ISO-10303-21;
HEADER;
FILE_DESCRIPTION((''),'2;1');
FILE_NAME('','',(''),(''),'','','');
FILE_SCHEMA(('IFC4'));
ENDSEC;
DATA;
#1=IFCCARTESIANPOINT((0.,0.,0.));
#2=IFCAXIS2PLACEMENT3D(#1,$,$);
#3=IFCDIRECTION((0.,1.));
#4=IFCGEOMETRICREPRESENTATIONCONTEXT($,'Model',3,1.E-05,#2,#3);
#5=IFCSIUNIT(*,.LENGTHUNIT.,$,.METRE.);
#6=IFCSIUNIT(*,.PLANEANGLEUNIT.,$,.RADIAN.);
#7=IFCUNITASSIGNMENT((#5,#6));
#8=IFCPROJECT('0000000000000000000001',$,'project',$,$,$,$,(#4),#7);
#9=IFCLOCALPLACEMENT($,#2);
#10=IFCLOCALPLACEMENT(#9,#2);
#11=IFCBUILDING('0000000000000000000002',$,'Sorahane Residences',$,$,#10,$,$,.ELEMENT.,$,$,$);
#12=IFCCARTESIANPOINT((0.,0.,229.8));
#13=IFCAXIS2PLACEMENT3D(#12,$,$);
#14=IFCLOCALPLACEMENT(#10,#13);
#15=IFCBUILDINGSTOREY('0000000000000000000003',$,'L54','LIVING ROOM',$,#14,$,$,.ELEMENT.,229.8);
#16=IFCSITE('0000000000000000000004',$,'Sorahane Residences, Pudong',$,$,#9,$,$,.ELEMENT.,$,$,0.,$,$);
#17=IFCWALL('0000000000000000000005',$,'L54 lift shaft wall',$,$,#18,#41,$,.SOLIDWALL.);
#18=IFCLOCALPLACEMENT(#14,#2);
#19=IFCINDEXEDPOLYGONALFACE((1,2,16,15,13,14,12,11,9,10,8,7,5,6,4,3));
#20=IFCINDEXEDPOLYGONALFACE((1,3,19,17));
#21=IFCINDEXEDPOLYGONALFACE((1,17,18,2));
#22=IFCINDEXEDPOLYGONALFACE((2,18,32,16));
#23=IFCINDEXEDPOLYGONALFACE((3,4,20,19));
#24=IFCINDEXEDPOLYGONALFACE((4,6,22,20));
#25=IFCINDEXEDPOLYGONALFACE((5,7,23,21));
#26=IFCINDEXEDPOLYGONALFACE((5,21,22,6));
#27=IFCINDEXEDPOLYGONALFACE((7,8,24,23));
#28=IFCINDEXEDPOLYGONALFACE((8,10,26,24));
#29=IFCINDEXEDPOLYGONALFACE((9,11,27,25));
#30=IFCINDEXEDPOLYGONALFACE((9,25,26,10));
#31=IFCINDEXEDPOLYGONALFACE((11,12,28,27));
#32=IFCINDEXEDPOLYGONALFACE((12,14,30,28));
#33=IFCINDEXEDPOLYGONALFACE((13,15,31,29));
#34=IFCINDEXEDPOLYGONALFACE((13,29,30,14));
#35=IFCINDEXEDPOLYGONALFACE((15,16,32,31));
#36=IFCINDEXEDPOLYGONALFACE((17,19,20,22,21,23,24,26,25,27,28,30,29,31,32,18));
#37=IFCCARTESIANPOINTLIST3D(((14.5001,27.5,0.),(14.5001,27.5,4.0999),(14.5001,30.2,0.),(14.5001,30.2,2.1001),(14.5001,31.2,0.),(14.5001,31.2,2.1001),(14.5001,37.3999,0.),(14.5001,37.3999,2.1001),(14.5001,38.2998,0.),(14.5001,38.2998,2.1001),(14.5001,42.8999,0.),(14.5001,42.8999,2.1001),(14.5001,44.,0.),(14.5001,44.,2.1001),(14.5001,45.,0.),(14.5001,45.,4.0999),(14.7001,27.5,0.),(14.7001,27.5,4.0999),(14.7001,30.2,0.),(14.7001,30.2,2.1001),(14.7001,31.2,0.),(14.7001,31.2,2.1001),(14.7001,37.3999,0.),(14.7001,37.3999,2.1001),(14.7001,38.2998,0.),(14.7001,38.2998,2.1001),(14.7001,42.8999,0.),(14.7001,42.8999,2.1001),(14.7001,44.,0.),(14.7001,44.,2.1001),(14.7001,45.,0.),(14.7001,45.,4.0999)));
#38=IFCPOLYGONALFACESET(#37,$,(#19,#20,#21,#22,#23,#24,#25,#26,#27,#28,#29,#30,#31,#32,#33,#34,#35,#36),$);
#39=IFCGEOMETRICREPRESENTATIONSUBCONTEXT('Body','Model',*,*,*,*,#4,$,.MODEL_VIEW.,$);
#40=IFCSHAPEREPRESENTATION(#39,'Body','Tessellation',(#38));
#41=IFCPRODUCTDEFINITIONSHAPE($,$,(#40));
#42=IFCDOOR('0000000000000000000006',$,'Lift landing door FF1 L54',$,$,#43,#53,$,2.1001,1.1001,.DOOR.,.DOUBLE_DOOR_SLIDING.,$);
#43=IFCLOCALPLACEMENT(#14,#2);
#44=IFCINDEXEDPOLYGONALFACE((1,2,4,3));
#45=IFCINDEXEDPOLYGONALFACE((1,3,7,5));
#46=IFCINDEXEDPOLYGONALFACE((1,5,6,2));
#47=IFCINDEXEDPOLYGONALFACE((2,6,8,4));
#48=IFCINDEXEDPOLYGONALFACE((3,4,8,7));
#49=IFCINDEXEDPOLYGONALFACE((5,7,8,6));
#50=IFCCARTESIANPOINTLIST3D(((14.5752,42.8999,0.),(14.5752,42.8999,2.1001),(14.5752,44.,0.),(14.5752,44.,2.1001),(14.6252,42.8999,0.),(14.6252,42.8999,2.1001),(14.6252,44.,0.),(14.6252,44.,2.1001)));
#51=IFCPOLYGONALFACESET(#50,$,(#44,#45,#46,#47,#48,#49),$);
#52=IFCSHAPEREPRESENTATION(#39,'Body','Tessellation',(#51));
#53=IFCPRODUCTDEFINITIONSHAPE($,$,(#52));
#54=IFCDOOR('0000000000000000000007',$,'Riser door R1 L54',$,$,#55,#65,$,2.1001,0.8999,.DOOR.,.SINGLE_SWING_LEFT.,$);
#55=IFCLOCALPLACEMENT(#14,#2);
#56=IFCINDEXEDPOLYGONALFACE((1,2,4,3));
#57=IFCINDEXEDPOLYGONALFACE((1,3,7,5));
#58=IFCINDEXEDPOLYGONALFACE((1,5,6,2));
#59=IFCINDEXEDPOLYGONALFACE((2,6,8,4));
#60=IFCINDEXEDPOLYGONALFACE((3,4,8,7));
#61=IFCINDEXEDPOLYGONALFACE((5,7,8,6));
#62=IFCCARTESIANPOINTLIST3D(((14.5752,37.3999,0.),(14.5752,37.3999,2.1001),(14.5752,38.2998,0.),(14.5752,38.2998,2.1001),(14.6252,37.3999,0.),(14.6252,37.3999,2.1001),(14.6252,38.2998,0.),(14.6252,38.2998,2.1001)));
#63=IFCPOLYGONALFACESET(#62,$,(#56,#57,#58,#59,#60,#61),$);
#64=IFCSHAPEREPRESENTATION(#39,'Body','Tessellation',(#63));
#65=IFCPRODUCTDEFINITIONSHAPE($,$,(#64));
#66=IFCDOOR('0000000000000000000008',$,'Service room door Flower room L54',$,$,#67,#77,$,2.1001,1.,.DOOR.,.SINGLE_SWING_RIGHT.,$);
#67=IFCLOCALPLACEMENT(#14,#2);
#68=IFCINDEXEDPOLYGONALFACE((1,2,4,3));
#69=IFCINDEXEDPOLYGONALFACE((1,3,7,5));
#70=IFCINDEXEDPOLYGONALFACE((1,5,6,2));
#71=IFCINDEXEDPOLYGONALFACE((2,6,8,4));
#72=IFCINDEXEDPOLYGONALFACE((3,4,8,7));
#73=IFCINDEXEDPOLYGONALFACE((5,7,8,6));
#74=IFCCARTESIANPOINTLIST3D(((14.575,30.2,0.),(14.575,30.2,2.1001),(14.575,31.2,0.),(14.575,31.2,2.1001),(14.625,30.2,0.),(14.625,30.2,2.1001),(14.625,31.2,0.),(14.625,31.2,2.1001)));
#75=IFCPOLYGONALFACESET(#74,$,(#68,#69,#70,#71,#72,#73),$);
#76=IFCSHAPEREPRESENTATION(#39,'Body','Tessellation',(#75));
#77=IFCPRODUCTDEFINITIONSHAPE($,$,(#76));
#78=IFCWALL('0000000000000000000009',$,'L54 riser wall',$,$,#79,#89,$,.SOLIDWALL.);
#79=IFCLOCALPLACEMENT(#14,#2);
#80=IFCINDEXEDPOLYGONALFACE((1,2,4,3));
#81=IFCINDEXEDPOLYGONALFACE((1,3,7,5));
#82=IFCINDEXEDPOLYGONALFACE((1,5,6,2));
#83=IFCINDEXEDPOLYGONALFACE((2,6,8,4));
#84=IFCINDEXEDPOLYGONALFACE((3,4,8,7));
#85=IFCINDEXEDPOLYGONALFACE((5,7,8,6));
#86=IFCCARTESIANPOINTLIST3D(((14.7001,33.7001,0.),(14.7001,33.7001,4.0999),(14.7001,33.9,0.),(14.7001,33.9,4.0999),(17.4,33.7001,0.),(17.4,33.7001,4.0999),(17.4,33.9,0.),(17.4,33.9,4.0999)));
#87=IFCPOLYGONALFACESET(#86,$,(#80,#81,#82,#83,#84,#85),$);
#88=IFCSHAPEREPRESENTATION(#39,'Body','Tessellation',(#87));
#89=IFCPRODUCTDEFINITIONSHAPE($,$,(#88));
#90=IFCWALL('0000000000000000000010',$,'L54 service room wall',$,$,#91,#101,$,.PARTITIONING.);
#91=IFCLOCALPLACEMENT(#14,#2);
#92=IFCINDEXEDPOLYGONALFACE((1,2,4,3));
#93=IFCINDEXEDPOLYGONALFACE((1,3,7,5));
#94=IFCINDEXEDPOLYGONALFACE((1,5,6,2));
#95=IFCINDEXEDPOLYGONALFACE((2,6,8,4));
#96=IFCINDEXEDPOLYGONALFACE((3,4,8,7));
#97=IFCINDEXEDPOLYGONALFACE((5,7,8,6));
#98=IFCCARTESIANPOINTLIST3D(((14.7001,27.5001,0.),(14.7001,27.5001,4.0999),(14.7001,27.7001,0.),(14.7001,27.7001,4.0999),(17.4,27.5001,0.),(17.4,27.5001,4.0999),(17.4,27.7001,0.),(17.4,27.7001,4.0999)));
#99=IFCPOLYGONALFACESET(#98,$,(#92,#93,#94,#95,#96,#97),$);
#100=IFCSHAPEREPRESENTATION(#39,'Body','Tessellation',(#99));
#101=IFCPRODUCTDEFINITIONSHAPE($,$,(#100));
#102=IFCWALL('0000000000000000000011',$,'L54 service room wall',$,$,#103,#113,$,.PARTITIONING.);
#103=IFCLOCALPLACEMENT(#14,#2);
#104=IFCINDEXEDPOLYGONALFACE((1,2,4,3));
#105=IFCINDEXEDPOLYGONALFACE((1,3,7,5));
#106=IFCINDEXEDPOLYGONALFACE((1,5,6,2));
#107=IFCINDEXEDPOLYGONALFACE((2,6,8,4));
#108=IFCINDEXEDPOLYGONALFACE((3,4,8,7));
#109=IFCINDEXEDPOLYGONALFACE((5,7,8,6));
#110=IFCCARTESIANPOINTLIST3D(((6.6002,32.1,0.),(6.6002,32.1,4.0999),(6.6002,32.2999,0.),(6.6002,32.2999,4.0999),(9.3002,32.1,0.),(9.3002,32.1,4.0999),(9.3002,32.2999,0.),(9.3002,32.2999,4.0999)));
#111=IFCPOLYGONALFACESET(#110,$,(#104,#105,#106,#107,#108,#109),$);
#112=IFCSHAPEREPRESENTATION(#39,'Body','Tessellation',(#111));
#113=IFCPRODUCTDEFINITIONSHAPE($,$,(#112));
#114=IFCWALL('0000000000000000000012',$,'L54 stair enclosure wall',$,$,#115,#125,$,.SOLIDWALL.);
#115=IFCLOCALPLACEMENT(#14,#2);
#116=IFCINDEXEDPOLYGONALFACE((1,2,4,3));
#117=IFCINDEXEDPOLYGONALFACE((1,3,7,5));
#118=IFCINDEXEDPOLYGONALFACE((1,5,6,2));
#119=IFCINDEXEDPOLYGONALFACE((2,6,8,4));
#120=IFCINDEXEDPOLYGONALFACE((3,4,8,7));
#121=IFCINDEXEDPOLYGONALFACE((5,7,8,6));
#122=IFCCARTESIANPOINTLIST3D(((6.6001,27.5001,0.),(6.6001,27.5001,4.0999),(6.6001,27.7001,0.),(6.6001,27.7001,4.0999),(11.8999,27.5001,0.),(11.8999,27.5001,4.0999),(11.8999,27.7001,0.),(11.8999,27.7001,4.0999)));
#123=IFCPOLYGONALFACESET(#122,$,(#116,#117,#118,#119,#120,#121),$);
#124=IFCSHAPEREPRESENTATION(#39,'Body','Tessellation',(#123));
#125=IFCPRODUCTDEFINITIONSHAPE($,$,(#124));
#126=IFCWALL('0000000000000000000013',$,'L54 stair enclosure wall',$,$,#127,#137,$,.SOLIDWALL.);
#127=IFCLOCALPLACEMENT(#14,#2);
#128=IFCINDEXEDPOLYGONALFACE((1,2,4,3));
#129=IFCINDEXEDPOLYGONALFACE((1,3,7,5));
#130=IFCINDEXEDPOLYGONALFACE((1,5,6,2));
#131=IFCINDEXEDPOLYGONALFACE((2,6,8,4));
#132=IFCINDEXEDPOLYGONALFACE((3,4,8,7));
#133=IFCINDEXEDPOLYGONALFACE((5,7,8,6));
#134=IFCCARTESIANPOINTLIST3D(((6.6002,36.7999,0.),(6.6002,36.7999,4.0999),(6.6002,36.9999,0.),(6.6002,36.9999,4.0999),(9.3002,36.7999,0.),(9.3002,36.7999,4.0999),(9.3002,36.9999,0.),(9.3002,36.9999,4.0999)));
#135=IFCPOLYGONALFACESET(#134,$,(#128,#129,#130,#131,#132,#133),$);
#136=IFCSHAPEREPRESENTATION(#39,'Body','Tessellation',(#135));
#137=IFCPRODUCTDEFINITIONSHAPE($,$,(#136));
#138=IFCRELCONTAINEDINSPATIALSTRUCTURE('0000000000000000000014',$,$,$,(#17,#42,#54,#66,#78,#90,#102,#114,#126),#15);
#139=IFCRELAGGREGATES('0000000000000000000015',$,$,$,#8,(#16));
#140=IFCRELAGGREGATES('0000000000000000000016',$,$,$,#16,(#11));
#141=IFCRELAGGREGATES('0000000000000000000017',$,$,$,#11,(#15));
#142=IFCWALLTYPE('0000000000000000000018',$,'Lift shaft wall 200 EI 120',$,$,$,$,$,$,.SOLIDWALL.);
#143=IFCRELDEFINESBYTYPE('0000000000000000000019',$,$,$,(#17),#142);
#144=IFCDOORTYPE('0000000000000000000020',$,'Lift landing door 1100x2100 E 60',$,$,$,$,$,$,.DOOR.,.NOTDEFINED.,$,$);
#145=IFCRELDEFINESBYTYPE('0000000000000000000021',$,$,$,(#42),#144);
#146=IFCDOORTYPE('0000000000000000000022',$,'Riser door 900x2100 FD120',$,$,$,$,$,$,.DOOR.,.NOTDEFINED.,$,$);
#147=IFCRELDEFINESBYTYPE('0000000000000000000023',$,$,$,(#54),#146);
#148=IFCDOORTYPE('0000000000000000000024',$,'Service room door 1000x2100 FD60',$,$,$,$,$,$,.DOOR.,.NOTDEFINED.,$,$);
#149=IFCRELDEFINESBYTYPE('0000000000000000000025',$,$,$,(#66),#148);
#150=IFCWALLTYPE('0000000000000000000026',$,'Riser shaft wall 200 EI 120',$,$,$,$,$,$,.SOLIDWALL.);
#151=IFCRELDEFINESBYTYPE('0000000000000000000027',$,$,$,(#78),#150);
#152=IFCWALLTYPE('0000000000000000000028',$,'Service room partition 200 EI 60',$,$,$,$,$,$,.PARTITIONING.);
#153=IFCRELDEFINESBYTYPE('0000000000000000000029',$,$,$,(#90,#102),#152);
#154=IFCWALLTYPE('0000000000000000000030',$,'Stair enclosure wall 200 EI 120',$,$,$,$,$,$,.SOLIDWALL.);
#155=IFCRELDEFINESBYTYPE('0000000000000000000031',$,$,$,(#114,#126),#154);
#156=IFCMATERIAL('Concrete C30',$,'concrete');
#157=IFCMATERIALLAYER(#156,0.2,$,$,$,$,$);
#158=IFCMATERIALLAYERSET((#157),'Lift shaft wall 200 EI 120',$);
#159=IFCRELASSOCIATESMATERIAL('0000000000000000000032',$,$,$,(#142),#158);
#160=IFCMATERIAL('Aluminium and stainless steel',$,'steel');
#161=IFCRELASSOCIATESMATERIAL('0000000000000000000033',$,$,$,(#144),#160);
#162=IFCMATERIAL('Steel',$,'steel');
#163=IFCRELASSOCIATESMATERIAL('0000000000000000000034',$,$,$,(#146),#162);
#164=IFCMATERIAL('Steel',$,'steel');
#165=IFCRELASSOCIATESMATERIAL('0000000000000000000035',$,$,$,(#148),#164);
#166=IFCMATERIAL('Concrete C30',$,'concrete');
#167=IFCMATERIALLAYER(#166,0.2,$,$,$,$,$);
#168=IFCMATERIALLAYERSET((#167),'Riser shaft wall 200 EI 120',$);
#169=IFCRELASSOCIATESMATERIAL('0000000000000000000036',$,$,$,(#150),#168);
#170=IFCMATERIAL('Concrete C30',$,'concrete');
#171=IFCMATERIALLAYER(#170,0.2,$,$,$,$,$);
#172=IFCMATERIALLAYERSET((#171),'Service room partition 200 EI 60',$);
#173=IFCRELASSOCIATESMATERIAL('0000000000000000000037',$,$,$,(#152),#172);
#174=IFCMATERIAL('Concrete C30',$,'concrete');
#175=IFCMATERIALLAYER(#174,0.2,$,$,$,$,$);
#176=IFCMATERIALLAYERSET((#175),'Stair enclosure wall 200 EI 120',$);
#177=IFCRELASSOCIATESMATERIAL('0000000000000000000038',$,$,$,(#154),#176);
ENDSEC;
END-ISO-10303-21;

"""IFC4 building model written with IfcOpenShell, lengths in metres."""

from ifc_helpers import new_model, si_unit, direction, frame, frame_2d, origin, place, context, subcontext, project, spatial, rectangle, extrude, material, layer, layer_set, type_object, element, fill, save


model = new_model("IFC4")

# Units and contexts
model_context = context("Model", 3, precision=1e-05, world=origin(), true_north=direction((0.0, 1.0)))
body_context = subcontext(model_context, "Body", "Model", "MODEL_VIEW")
ifc_project = project(units=[si_unit("LENGTHUNIT", "METRE"), si_unit("PLANEANGLEUNIT", "RADIAN")], contexts=[model_context])

# Site, building, storey
site_placement = place(None, origin())
site = spatial("IfcSite", under=ifc_project, at=site_placement, Name="Sorahane Residences, Pudong", CompositionType="ELEMENT", RefElevation=0.0)
building_placement = place(site_placement, origin())
building = spatial("IfcBuilding", under=site, at=building_placement, Name="Sorahane Residences", CompositionType="ELEMENT")
storey_placement = place(building_placement, frame((0.0, 0.0, 229.8)))
storey = spatial("IfcBuildingStorey", under=building, at=storey_placement, Name="L54", Description="LIVING ROOM", CompositionType="ELEMENT", Elevation=229.8)

# Wall, openings, doors
ifc_material_1 = material(Name="Concrete C30", Category="concrete")
ifc_layer_1 = layer(ifc_material_1, 0.2)
ifc_layer_set_1 = layer_set([ifc_layer_1], Name="Lift shaft wall 200 EI 120")
wall_type_1 = type_object("IfcWallType", Name="Lift shaft wall 200 EI 120", PredefinedType="SOLIDWALL", material=ifc_layer_set_1)
wall_1_placement = place(storey_placement, frame((14.6001, 27.5, 0.0), z_axis=(0.0, 0.0, 1.0), x_axis=(0.0, 1.0, 0.0)))
wall_1 = element("IfcWall", 1, at=wall_1_placement, inside=storey, type_object=wall_type_1, Name="L54 lift shaft wall", PredefinedType="SOLIDWALL", context=body_context, shape_type="SweptSolid", body=[
    extrude(rectangle(XDim=17.5, YDim=0.2, at=frame_2d((8.75, 0.0))), origin(), (0.0, 0.0, 1.0), 4.0999),
])
opening_1_placement = place(wall_1_placement, frame((15.3999, 0.0, 0.0)))
opening_1 = element("IfcOpeningElement", 2, at=opening_1_placement, cuts=wall_1, PredefinedType="OPENING", context=body_context, shape_type="SweptSolid", body=[
    extrude(rectangle(XDim=1.1001, YDim=2.1001, at=frame_2d((0.55, 1.05))), frame((0.0, 0.1099, 0.0), z_axis=(0.0, -1.0, 0.0), x_axis=(1.0, 0.0, 0.0)), (0.0, 0.0, 1.0), 0.22),
])
opening_2_placement = place(wall_1_placement, frame((2.7, 0.0, 0.0)))
opening_2 = element("IfcOpeningElement", 3, at=opening_2_placement, cuts=wall_1, PredefinedType="OPENING", context=body_context, shape_type="SweptSolid", body=[
    extrude(rectangle(XDim=1.0, YDim=2.1001, at=frame_2d((0.5, 1.05))), frame((0.0, 0.1099, 0.0), z_axis=(0.0, -1.0, 0.0), x_axis=(1.0, 0.0, 0.0)), (0.0, 0.0, 1.0), 0.22),
])
opening_3_placement = place(wall_1_placement, frame((9.8999, 0.0, 0.0)))
opening_3 = element("IfcOpeningElement", 4, at=opening_3_placement, cuts=wall_1, PredefinedType="OPENING", context=body_context, shape_type="SweptSolid", body=[
    extrude(rectangle(XDim=0.8999, YDim=2.1001, at=frame_2d((0.45, 1.05))), frame((0.0, 0.1099, 0.0), z_axis=(0.0, -1.0, 0.0), x_axis=(1.0, 0.0, 0.0)), (0.0, 0.0, 1.0), 0.22),
])
ifc_material_2 = material(Name="Aluminium and stainless steel", Category="steel")
door_type_1 = type_object("IfcDoorType", Name="Lift landing door 1100x2100 E 60", OperationType="NOTDEFINED", PredefinedType="DOOR", material=ifc_material_2)
door_1_placement = place(opening_1_placement, origin())
door_1 = element("IfcDoor", 5, at=door_1_placement, inside=storey, type_object=door_type_1, Name="Lift landing door FF1 L54", OperationType="DOUBLE_DOOR_SLIDING", OverallHeight=2.1001, OverallWidth=1.1001, PredefinedType="DOOR", context=body_context, shape_type="SweptSolid", body=[
    extrude(rectangle(XDim=1.1001, YDim=2.1001, at=frame_2d((0.55, 1.05))), frame((0.0, 0.0249, 0.0), z_axis=(0.0, -1.0, 0.0), x_axis=(1.0, 0.0, 0.0)), (0.0, 0.0, 1.0), 0.05),
])
fill(opening_1, door_1)
ifc_material_3 = material(Name="Steel", Category="steel")
door_type_2 = type_object("IfcDoorType", Name="Riser door 900x2100 FD120", OperationType="NOTDEFINED", PredefinedType="DOOR", material=ifc_material_3)
door_2_placement = place(opening_3_placement, origin())
door_2 = element("IfcDoor", 6, at=door_2_placement, inside=storey, type_object=door_type_2, Name="Riser door R1 L54", OperationType="SINGLE_SWING_LEFT", OverallHeight=2.1001, OverallWidth=0.8999, PredefinedType="DOOR", context=body_context, shape_type="SweptSolid", body=[
    extrude(rectangle(XDim=0.8999, YDim=2.1001, at=frame_2d((0.45, 1.05))), frame((0.0, 0.0249, 0.0), z_axis=(0.0, -1.0, 0.0), x_axis=(1.0, 0.0, 0.0)), (0.0, 0.0, 1.0), 0.05),
])
fill(opening_3, door_2)
ifc_material_4 = material(Name="Steel", Category="steel")
door_type_3 = type_object("IfcDoorType", Name="Service room door 1000x2100 FD60", OperationType="NOTDEFINED", PredefinedType="DOOR", material=ifc_material_4)
door_3_placement = place(opening_2_placement, frame((1.0, 0.0, 0.0), z_axis=(0.0, 0.0, 1.0), x_axis=(-1.0, 0.0, 0.0)))
door_3 = element("IfcDoor", 7, at=door_3_placement, inside=storey, type_object=door_type_3, Name="Service room door Flower room L54", OperationType="SINGLE_SWING_RIGHT", OverallHeight=2.1001, OverallWidth=1.0, PredefinedType="DOOR", context=body_context, shape_type="SweptSolid", body=[
    extrude(rectangle(XDim=1.0, YDim=2.1001, at=frame_2d((0.5, 1.05))), frame((0.0, 0.0249, 0.0), z_axis=(0.0, -1.0, 0.0), x_axis=(1.0, 0.0, 0.0)), (0.0, 0.0, 1.0), 0.05),
])
fill(opening_2, door_3)

# Walls
ifc_material_5 = material(Name="Concrete C30", Category="concrete")
ifc_layer_2 = layer(ifc_material_5, 0.2)
ifc_layer_set_2 = layer_set([ifc_layer_2], Name="Riser shaft wall 200 EI 120")
wall_type_2 = type_object("IfcWallType", Name="Riser shaft wall 200 EI 120", PredefinedType="SOLIDWALL", material=ifc_layer_set_2)
wall_2_placement = place(storey_placement, frame((14.7, 33.8, 0.0), z_axis=(0.0, 0.0, 1.0), x_axis=(1.0, 0.0, 0.0)))
element("IfcWall", 8, at=wall_2_placement, inside=storey, type_object=wall_type_2, Name="L54 riser wall", PredefinedType="SOLIDWALL", context=body_context, shape_type="SweptSolid", body=[
    extrude(rectangle(XDim=2.7, YDim=0.2, at=frame_2d((1.3501, 0.0))), origin(), (0.0, 0.0, 1.0), 4.0999),
])
ifc_material_6 = material(Name="Concrete C30", Category="concrete")
ifc_layer_3 = layer(ifc_material_6, 0.2)
ifc_layer_set_3 = layer_set([ifc_layer_3], Name="Service room partition 200 EI 60")
wall_type_3 = type_object("IfcWallType", Name="Service room partition 200 EI 60", PredefinedType="PARTITIONING", material=ifc_layer_set_3)
for number, where, z_axis, x_axis, name in (
    (9, (14.7, 27.6001, 0.0), (0.0, 0.0, 1.0), (1.0, 0.0, 0.0), "L54 service room wall"),
    (10, (6.6001, 32.2, 0.0), (0.0, 0.0, 1.0), (1.0, 0.0, 0.0), "L54 service room wall"),
):
    element("IfcWall", number, at=place(storey_placement, frame(where, z_axis=z_axis, x_axis=x_axis)), inside=storey, type_object=wall_type_3, Name=name, PredefinedType="PARTITIONING", context=body_context, shape_type="SweptSolid", body=[
        extrude(rectangle(XDim=2.7, YDim=0.2, at=frame_2d((1.3501, 0.0))), origin(), (0.0, 0.0, 1.0), 4.0999),
    ])
ifc_material_7 = material(Name="Concrete C30", Category="concrete")
ifc_layer_4 = layer(ifc_material_7, 0.2)
ifc_layer_set_4 = layer_set([ifc_layer_4], Name="Stair enclosure wall 200 EI 120")
wall_type_4 = type_object("IfcWallType", Name="Stair enclosure wall 200 EI 120", PredefinedType="SOLIDWALL", material=ifc_layer_set_4)
wall_3_placement = place(storey_placement, frame((6.6001, 27.6001, 0.0), z_axis=(0.0, 0.0, 1.0), x_axis=(1.0, 0.0, 0.0)))
element("IfcWall", 11, at=wall_3_placement, inside=storey, type_object=wall_type_4, Name="L54 stair enclosure wall", PredefinedType="SOLIDWALL", context=body_context, shape_type="SweptSolid", body=[
    extrude(rectangle(XDim=5.2998, YDim=0.2, at=frame_2d((2.6499, 0.0))), origin(), (0.0, 0.0, 1.0), 4.0999),
])
wall_4_placement = place(storey_placement, frame((6.6001, 36.8999, 0.0), z_axis=(0.0, 0.0, 1.0), x_axis=(1.0, 0.0, 0.0)))
element("IfcWall", 12, at=wall_4_placement, inside=storey, type_object=wall_type_4, Name="L54 stair enclosure wall", PredefinedType="SOLIDWALL", context=body_context, shape_type="SweptSolid", body=[
    extrude(rectangle(XDim=2.7, YDim=0.2, at=frame_2d((1.3501, 0.0))), origin(), (0.0, 0.0, 1.0), 4.0999),
])

save(model, "model.ifc")
